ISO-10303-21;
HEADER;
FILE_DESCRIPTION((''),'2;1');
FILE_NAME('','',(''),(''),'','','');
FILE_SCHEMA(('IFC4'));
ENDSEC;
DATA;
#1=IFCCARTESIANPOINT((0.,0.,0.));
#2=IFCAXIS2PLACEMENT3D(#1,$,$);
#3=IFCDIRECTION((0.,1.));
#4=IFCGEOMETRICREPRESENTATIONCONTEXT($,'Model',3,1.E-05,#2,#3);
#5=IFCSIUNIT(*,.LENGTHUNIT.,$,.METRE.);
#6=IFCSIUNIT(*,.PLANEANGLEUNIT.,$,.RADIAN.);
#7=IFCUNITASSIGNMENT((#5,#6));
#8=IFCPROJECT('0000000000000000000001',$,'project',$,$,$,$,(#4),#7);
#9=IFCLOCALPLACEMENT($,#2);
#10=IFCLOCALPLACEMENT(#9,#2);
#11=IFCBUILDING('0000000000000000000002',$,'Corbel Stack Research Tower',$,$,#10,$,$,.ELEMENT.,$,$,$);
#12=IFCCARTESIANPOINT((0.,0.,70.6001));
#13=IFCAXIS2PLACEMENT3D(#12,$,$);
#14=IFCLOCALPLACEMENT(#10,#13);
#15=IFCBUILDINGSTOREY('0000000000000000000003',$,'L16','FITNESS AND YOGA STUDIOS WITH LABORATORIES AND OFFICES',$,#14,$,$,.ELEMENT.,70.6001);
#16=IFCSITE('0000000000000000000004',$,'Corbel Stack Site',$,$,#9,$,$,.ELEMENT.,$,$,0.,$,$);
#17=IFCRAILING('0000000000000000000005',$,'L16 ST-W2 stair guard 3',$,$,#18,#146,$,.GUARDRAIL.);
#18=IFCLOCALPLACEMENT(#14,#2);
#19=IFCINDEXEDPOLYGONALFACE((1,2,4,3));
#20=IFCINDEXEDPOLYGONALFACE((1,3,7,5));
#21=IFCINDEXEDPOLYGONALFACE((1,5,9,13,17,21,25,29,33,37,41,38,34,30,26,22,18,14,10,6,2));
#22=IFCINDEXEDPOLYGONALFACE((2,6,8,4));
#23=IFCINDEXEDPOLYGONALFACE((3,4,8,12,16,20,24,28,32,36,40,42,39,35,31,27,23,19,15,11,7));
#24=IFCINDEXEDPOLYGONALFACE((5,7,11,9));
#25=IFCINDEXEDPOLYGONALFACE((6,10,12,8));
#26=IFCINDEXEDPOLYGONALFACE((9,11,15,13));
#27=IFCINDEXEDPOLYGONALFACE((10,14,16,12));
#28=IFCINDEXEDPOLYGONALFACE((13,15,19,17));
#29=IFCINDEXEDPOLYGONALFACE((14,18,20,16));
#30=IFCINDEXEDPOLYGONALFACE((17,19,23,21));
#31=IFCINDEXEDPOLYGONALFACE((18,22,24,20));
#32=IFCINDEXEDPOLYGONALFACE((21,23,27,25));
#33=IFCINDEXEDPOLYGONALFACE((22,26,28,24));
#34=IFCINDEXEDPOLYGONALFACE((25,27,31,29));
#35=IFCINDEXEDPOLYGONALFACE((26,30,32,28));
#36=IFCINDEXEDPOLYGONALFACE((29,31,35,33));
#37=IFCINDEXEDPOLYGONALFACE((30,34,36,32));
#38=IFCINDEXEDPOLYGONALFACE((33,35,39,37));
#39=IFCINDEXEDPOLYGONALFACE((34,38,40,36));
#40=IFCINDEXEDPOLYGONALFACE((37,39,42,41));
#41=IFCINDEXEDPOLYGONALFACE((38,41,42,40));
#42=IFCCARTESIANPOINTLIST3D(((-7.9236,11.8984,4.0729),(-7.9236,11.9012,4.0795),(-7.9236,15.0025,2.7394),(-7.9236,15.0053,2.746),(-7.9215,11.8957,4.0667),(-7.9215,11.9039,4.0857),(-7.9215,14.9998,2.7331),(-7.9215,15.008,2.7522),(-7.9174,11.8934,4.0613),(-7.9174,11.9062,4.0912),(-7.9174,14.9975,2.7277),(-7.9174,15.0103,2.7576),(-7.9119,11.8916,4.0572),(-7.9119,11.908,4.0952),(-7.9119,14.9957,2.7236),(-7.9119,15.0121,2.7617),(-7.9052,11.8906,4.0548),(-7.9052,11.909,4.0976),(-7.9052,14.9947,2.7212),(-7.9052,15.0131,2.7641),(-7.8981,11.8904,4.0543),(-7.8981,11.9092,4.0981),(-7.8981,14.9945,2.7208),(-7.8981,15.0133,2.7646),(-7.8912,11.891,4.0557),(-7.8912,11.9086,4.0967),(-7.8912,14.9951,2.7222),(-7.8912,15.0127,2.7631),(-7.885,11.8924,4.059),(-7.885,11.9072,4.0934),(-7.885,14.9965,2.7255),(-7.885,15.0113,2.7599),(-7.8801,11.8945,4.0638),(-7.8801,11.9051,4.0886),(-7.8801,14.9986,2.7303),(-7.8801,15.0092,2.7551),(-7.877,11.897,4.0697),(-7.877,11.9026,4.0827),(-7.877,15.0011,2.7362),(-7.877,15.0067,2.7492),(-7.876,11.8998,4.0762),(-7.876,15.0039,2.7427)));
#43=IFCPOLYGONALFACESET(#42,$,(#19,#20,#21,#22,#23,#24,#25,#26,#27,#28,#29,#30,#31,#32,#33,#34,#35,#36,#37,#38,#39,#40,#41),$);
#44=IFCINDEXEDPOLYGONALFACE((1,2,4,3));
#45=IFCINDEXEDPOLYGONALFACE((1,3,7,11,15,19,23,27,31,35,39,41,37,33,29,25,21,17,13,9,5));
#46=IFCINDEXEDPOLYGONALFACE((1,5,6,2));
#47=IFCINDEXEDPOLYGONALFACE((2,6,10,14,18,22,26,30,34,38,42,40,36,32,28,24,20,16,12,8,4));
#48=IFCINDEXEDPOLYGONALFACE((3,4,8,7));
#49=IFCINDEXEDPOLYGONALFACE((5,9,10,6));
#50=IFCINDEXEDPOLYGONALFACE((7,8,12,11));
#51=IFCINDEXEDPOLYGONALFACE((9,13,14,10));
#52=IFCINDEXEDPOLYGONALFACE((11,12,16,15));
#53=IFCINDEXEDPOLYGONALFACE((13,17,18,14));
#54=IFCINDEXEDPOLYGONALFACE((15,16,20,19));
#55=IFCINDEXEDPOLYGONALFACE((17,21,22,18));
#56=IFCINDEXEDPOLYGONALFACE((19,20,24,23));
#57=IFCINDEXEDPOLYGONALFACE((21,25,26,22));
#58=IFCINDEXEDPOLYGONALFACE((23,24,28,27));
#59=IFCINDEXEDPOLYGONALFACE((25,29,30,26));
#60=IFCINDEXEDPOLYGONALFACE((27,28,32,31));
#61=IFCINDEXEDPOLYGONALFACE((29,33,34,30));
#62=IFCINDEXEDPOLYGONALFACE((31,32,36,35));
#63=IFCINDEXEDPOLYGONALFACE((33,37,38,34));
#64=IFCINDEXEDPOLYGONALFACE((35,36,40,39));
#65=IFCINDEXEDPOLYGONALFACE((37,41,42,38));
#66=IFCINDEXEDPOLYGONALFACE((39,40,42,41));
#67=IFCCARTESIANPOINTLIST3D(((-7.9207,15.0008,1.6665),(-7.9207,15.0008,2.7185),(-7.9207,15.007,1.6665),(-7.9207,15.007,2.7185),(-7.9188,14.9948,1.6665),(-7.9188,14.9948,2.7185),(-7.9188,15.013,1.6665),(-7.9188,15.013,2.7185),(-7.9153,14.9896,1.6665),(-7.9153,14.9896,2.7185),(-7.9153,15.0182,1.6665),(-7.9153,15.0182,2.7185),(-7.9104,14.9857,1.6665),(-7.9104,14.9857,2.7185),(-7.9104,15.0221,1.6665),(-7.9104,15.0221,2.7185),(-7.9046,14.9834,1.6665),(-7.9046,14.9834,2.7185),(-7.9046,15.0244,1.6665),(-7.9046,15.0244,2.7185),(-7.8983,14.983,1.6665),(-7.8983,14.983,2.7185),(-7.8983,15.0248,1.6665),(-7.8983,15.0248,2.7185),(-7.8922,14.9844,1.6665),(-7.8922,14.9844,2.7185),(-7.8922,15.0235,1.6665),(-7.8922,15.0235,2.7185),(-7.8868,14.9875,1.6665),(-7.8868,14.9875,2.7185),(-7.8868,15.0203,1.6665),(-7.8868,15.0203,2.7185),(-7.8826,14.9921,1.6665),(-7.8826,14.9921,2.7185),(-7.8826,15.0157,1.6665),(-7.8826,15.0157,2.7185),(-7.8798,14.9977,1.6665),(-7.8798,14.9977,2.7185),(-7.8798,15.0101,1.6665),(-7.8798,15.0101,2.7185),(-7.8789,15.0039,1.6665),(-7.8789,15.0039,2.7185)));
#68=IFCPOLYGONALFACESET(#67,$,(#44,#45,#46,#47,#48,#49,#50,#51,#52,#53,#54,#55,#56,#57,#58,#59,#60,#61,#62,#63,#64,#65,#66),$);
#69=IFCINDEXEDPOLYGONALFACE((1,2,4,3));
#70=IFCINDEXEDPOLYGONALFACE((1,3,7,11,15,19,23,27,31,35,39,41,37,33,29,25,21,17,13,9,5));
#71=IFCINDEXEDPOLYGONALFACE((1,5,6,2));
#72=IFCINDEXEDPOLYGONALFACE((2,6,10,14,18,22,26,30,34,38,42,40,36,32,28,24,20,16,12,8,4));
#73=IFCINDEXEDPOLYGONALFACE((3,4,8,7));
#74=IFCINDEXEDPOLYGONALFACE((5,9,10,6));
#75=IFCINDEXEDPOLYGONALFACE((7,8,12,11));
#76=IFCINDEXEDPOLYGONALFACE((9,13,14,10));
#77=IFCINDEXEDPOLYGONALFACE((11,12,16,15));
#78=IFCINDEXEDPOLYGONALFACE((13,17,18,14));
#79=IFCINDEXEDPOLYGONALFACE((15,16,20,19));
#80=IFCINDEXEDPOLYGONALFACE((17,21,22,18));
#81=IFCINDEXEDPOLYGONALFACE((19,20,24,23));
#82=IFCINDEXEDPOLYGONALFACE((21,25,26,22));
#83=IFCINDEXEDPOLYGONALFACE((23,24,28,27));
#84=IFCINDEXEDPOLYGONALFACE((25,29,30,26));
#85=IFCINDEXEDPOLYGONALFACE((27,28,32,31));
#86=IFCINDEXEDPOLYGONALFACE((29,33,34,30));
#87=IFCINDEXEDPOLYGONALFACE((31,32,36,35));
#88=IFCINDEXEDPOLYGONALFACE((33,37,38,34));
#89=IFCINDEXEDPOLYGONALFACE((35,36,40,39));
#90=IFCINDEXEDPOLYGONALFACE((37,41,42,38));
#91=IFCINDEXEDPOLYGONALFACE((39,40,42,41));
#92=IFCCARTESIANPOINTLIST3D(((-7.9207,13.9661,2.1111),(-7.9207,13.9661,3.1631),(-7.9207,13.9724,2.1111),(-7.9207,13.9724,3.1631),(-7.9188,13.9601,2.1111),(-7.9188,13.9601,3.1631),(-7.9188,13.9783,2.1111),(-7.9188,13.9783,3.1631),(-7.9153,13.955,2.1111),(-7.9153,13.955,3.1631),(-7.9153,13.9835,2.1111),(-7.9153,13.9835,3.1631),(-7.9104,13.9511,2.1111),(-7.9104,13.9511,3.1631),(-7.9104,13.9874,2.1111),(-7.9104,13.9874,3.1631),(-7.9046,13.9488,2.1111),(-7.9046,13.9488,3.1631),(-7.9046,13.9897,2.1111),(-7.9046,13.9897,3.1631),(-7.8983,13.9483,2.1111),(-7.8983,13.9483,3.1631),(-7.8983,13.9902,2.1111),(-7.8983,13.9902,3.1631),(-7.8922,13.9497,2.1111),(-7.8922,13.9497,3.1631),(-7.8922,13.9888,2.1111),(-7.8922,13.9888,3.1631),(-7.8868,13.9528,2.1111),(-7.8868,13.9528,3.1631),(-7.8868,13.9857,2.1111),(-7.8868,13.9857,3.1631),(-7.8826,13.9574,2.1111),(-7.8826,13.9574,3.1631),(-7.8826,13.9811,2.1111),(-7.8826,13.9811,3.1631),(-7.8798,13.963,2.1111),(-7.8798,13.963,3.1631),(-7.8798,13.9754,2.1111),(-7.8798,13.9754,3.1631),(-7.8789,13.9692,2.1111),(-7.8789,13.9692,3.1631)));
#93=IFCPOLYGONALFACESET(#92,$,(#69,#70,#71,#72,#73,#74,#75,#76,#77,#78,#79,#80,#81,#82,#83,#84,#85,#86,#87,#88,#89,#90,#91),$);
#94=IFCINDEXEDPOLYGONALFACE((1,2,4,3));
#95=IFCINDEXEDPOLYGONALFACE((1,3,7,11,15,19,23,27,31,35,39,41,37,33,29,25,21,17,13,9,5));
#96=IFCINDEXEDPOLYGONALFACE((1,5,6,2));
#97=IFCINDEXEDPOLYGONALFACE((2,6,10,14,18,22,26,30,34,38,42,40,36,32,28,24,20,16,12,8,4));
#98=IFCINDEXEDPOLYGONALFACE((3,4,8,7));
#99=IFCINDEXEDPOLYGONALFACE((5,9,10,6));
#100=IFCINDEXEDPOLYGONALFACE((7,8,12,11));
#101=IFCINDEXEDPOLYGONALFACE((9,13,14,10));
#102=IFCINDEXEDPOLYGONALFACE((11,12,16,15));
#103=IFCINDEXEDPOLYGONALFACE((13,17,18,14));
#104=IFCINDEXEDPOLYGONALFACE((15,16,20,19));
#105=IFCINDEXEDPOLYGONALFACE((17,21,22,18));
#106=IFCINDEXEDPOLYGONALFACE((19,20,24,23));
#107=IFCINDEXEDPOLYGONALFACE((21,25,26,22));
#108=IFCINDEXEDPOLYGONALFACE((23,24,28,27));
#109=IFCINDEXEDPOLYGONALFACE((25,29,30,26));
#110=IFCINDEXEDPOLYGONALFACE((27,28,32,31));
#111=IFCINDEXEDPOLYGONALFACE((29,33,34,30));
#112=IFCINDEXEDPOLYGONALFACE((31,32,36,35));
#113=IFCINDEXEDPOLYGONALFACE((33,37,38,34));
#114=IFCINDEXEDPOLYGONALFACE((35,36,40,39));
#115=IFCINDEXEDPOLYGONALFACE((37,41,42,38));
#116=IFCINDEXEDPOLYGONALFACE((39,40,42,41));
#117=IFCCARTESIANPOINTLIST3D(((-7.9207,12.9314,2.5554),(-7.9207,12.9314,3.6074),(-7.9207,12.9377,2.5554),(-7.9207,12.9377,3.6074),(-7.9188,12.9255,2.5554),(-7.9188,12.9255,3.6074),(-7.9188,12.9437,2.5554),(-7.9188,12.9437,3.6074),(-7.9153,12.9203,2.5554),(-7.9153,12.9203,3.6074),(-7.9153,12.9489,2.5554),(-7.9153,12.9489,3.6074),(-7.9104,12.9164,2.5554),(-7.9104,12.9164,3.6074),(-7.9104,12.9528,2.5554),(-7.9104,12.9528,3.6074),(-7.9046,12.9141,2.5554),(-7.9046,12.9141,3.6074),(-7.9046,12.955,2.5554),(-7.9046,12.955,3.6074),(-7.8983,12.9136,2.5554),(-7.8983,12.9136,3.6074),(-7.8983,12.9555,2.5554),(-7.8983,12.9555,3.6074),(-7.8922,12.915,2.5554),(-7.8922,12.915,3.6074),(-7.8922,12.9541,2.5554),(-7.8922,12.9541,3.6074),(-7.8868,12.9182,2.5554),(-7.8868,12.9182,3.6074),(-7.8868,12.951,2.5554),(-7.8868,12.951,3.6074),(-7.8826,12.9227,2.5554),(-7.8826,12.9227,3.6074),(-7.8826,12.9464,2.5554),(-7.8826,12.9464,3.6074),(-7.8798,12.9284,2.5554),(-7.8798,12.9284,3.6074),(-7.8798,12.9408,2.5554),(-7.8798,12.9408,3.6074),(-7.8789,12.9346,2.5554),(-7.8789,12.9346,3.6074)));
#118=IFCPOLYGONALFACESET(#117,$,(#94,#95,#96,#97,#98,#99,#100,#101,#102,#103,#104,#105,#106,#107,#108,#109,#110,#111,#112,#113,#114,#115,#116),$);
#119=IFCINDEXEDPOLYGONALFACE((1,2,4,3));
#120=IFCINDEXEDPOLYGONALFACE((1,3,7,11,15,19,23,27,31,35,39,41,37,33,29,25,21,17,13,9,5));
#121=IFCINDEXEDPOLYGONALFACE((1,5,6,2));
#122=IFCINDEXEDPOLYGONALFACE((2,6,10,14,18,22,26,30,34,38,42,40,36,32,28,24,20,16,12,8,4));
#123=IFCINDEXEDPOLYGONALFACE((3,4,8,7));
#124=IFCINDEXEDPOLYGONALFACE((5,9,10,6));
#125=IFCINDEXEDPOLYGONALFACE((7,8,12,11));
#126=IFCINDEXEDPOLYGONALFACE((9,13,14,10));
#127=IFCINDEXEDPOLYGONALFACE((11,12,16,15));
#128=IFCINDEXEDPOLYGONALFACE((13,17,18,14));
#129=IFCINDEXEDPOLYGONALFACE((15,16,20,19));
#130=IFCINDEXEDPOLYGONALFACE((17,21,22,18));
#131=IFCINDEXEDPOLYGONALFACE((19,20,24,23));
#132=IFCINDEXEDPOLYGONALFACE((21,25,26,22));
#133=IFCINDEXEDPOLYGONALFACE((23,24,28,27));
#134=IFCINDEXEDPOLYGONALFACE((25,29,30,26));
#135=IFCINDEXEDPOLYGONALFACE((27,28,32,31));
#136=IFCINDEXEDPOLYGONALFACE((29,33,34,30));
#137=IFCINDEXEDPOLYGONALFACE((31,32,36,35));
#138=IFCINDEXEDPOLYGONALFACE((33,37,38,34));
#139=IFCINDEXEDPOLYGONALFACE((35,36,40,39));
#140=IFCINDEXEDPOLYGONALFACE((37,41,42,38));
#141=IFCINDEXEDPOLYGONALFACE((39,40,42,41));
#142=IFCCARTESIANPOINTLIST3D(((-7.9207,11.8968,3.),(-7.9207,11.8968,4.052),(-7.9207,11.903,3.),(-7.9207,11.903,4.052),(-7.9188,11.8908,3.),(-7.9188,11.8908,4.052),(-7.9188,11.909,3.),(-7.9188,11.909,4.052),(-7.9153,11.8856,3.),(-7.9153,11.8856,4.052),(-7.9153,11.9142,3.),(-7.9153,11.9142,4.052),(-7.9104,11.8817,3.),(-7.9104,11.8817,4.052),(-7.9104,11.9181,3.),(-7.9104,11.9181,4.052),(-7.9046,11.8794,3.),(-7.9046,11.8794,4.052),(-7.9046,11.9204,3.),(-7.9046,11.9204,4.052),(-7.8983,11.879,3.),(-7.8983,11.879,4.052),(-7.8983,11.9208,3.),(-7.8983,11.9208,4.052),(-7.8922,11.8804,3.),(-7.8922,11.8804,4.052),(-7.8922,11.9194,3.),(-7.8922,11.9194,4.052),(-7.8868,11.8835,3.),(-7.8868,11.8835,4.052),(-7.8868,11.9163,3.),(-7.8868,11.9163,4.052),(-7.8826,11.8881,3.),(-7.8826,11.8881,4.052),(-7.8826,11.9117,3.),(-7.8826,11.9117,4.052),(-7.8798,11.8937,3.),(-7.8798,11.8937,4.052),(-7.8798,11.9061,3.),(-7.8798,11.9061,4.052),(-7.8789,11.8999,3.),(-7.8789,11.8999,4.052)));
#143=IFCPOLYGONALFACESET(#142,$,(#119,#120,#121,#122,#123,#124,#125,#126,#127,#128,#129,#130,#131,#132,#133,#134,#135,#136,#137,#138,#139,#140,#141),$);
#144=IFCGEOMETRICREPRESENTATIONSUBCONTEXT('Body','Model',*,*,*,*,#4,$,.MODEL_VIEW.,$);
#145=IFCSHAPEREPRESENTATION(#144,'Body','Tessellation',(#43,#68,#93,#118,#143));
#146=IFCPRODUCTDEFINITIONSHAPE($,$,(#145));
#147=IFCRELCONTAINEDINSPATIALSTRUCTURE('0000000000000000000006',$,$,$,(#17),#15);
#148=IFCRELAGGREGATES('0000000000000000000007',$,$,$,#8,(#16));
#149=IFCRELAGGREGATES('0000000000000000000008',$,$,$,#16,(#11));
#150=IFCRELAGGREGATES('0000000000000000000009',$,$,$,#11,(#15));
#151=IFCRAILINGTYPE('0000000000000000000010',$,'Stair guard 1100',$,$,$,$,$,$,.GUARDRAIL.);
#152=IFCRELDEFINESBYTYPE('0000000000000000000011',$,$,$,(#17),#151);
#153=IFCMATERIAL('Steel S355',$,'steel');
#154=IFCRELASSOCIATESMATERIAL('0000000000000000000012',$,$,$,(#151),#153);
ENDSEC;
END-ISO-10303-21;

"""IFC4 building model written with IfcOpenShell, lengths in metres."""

from ifc_helpers import new_model, si_unit, direction, frame, origin, origin_2d, place, context, subcontext, project, spatial, circle, extrude, material, type_object, element, save


model = new_model("IFC4")

# Units and contexts
model_context = context("Model", 3, precision=1e-05, world=origin(), true_north=direction((0.0, 1.0)))
body_context = subcontext(model_context, "Body", "Model", "MODEL_VIEW")
ifc_project = project(units=[si_unit("LENGTHUNIT", "METRE"), si_unit("PLANEANGLEUNIT", "RADIAN")], contexts=[model_context])

# Site, building, storey
site_placement = place(None, origin())
site = spatial("IfcSite", under=ifc_project, at=site_placement, Name="Corbel Stack Site", CompositionType="ELEMENT", RefElevation=0.0)
building_placement = place(site_placement, origin())
building = spatial("IfcBuilding", under=site, at=building_placement, Name="Corbel Stack Research Tower", CompositionType="ELEMENT")
storey_placement = place(building_placement, frame((0.0, 0.0, 70.6001)))
storey = spatial("IfcBuildingStorey", under=building, at=storey_placement, Name="L16", Description="FITNESS AND YOGA STUDIOS WITH LABORATORIES AND OFFICES", CompositionType="ELEMENT", Elevation=70.6001)

# Railing
ifc_material_1 = material(Name="Steel S355", Category="steel")
railing_type_1 = type_object("IfcRailingType", Name="Stair guard 1100", PredefinedType="GUARDRAIL", material=ifc_material_1)
railing_1_placement = place(storey_placement, frame((-7.8999, 15.0039, 1.6665)))
element("IfcRailing", 1, at=railing_1_placement, inside=storey, type_object=railing_type_1, Name="L16 ST-W2 stair guard 3", PredefinedType="GUARDRAIL", context=body_context, shape_type="SweptSolid", body=[
    extrude(circle(Radius=0.0239, at=origin_2d()), frame((0.0, 0.0, 1.0762), z_axis=(0.0, -0.918801, 0.394722), x_axis=(1.0, 0.0, 0.0)), (0.0, 0.0, 1.0), 3.3784),
    extrude(circle(Radius=0.021, at=origin_2d()), origin(), (0.0, 0.0, 1.0), 1.052),
    extrude(circle(Radius=0.021, at=origin_2d()), frame((0.0, -1.0347, 0.4446)), (0.0, 0.0, 1.0), 1.052),
    extrude(circle(Radius=0.021, at=origin_2d()), frame((0.0, -2.0693, 0.8889)), (0.0, 0.0, 1.0), 1.052),
    extrude(circle(Radius=0.021, at=origin_2d()), frame((0.0, -3.104, 1.3335)), (0.0, 0.0, 1.0), 1.052),
])

save(model, "model.ifc")
